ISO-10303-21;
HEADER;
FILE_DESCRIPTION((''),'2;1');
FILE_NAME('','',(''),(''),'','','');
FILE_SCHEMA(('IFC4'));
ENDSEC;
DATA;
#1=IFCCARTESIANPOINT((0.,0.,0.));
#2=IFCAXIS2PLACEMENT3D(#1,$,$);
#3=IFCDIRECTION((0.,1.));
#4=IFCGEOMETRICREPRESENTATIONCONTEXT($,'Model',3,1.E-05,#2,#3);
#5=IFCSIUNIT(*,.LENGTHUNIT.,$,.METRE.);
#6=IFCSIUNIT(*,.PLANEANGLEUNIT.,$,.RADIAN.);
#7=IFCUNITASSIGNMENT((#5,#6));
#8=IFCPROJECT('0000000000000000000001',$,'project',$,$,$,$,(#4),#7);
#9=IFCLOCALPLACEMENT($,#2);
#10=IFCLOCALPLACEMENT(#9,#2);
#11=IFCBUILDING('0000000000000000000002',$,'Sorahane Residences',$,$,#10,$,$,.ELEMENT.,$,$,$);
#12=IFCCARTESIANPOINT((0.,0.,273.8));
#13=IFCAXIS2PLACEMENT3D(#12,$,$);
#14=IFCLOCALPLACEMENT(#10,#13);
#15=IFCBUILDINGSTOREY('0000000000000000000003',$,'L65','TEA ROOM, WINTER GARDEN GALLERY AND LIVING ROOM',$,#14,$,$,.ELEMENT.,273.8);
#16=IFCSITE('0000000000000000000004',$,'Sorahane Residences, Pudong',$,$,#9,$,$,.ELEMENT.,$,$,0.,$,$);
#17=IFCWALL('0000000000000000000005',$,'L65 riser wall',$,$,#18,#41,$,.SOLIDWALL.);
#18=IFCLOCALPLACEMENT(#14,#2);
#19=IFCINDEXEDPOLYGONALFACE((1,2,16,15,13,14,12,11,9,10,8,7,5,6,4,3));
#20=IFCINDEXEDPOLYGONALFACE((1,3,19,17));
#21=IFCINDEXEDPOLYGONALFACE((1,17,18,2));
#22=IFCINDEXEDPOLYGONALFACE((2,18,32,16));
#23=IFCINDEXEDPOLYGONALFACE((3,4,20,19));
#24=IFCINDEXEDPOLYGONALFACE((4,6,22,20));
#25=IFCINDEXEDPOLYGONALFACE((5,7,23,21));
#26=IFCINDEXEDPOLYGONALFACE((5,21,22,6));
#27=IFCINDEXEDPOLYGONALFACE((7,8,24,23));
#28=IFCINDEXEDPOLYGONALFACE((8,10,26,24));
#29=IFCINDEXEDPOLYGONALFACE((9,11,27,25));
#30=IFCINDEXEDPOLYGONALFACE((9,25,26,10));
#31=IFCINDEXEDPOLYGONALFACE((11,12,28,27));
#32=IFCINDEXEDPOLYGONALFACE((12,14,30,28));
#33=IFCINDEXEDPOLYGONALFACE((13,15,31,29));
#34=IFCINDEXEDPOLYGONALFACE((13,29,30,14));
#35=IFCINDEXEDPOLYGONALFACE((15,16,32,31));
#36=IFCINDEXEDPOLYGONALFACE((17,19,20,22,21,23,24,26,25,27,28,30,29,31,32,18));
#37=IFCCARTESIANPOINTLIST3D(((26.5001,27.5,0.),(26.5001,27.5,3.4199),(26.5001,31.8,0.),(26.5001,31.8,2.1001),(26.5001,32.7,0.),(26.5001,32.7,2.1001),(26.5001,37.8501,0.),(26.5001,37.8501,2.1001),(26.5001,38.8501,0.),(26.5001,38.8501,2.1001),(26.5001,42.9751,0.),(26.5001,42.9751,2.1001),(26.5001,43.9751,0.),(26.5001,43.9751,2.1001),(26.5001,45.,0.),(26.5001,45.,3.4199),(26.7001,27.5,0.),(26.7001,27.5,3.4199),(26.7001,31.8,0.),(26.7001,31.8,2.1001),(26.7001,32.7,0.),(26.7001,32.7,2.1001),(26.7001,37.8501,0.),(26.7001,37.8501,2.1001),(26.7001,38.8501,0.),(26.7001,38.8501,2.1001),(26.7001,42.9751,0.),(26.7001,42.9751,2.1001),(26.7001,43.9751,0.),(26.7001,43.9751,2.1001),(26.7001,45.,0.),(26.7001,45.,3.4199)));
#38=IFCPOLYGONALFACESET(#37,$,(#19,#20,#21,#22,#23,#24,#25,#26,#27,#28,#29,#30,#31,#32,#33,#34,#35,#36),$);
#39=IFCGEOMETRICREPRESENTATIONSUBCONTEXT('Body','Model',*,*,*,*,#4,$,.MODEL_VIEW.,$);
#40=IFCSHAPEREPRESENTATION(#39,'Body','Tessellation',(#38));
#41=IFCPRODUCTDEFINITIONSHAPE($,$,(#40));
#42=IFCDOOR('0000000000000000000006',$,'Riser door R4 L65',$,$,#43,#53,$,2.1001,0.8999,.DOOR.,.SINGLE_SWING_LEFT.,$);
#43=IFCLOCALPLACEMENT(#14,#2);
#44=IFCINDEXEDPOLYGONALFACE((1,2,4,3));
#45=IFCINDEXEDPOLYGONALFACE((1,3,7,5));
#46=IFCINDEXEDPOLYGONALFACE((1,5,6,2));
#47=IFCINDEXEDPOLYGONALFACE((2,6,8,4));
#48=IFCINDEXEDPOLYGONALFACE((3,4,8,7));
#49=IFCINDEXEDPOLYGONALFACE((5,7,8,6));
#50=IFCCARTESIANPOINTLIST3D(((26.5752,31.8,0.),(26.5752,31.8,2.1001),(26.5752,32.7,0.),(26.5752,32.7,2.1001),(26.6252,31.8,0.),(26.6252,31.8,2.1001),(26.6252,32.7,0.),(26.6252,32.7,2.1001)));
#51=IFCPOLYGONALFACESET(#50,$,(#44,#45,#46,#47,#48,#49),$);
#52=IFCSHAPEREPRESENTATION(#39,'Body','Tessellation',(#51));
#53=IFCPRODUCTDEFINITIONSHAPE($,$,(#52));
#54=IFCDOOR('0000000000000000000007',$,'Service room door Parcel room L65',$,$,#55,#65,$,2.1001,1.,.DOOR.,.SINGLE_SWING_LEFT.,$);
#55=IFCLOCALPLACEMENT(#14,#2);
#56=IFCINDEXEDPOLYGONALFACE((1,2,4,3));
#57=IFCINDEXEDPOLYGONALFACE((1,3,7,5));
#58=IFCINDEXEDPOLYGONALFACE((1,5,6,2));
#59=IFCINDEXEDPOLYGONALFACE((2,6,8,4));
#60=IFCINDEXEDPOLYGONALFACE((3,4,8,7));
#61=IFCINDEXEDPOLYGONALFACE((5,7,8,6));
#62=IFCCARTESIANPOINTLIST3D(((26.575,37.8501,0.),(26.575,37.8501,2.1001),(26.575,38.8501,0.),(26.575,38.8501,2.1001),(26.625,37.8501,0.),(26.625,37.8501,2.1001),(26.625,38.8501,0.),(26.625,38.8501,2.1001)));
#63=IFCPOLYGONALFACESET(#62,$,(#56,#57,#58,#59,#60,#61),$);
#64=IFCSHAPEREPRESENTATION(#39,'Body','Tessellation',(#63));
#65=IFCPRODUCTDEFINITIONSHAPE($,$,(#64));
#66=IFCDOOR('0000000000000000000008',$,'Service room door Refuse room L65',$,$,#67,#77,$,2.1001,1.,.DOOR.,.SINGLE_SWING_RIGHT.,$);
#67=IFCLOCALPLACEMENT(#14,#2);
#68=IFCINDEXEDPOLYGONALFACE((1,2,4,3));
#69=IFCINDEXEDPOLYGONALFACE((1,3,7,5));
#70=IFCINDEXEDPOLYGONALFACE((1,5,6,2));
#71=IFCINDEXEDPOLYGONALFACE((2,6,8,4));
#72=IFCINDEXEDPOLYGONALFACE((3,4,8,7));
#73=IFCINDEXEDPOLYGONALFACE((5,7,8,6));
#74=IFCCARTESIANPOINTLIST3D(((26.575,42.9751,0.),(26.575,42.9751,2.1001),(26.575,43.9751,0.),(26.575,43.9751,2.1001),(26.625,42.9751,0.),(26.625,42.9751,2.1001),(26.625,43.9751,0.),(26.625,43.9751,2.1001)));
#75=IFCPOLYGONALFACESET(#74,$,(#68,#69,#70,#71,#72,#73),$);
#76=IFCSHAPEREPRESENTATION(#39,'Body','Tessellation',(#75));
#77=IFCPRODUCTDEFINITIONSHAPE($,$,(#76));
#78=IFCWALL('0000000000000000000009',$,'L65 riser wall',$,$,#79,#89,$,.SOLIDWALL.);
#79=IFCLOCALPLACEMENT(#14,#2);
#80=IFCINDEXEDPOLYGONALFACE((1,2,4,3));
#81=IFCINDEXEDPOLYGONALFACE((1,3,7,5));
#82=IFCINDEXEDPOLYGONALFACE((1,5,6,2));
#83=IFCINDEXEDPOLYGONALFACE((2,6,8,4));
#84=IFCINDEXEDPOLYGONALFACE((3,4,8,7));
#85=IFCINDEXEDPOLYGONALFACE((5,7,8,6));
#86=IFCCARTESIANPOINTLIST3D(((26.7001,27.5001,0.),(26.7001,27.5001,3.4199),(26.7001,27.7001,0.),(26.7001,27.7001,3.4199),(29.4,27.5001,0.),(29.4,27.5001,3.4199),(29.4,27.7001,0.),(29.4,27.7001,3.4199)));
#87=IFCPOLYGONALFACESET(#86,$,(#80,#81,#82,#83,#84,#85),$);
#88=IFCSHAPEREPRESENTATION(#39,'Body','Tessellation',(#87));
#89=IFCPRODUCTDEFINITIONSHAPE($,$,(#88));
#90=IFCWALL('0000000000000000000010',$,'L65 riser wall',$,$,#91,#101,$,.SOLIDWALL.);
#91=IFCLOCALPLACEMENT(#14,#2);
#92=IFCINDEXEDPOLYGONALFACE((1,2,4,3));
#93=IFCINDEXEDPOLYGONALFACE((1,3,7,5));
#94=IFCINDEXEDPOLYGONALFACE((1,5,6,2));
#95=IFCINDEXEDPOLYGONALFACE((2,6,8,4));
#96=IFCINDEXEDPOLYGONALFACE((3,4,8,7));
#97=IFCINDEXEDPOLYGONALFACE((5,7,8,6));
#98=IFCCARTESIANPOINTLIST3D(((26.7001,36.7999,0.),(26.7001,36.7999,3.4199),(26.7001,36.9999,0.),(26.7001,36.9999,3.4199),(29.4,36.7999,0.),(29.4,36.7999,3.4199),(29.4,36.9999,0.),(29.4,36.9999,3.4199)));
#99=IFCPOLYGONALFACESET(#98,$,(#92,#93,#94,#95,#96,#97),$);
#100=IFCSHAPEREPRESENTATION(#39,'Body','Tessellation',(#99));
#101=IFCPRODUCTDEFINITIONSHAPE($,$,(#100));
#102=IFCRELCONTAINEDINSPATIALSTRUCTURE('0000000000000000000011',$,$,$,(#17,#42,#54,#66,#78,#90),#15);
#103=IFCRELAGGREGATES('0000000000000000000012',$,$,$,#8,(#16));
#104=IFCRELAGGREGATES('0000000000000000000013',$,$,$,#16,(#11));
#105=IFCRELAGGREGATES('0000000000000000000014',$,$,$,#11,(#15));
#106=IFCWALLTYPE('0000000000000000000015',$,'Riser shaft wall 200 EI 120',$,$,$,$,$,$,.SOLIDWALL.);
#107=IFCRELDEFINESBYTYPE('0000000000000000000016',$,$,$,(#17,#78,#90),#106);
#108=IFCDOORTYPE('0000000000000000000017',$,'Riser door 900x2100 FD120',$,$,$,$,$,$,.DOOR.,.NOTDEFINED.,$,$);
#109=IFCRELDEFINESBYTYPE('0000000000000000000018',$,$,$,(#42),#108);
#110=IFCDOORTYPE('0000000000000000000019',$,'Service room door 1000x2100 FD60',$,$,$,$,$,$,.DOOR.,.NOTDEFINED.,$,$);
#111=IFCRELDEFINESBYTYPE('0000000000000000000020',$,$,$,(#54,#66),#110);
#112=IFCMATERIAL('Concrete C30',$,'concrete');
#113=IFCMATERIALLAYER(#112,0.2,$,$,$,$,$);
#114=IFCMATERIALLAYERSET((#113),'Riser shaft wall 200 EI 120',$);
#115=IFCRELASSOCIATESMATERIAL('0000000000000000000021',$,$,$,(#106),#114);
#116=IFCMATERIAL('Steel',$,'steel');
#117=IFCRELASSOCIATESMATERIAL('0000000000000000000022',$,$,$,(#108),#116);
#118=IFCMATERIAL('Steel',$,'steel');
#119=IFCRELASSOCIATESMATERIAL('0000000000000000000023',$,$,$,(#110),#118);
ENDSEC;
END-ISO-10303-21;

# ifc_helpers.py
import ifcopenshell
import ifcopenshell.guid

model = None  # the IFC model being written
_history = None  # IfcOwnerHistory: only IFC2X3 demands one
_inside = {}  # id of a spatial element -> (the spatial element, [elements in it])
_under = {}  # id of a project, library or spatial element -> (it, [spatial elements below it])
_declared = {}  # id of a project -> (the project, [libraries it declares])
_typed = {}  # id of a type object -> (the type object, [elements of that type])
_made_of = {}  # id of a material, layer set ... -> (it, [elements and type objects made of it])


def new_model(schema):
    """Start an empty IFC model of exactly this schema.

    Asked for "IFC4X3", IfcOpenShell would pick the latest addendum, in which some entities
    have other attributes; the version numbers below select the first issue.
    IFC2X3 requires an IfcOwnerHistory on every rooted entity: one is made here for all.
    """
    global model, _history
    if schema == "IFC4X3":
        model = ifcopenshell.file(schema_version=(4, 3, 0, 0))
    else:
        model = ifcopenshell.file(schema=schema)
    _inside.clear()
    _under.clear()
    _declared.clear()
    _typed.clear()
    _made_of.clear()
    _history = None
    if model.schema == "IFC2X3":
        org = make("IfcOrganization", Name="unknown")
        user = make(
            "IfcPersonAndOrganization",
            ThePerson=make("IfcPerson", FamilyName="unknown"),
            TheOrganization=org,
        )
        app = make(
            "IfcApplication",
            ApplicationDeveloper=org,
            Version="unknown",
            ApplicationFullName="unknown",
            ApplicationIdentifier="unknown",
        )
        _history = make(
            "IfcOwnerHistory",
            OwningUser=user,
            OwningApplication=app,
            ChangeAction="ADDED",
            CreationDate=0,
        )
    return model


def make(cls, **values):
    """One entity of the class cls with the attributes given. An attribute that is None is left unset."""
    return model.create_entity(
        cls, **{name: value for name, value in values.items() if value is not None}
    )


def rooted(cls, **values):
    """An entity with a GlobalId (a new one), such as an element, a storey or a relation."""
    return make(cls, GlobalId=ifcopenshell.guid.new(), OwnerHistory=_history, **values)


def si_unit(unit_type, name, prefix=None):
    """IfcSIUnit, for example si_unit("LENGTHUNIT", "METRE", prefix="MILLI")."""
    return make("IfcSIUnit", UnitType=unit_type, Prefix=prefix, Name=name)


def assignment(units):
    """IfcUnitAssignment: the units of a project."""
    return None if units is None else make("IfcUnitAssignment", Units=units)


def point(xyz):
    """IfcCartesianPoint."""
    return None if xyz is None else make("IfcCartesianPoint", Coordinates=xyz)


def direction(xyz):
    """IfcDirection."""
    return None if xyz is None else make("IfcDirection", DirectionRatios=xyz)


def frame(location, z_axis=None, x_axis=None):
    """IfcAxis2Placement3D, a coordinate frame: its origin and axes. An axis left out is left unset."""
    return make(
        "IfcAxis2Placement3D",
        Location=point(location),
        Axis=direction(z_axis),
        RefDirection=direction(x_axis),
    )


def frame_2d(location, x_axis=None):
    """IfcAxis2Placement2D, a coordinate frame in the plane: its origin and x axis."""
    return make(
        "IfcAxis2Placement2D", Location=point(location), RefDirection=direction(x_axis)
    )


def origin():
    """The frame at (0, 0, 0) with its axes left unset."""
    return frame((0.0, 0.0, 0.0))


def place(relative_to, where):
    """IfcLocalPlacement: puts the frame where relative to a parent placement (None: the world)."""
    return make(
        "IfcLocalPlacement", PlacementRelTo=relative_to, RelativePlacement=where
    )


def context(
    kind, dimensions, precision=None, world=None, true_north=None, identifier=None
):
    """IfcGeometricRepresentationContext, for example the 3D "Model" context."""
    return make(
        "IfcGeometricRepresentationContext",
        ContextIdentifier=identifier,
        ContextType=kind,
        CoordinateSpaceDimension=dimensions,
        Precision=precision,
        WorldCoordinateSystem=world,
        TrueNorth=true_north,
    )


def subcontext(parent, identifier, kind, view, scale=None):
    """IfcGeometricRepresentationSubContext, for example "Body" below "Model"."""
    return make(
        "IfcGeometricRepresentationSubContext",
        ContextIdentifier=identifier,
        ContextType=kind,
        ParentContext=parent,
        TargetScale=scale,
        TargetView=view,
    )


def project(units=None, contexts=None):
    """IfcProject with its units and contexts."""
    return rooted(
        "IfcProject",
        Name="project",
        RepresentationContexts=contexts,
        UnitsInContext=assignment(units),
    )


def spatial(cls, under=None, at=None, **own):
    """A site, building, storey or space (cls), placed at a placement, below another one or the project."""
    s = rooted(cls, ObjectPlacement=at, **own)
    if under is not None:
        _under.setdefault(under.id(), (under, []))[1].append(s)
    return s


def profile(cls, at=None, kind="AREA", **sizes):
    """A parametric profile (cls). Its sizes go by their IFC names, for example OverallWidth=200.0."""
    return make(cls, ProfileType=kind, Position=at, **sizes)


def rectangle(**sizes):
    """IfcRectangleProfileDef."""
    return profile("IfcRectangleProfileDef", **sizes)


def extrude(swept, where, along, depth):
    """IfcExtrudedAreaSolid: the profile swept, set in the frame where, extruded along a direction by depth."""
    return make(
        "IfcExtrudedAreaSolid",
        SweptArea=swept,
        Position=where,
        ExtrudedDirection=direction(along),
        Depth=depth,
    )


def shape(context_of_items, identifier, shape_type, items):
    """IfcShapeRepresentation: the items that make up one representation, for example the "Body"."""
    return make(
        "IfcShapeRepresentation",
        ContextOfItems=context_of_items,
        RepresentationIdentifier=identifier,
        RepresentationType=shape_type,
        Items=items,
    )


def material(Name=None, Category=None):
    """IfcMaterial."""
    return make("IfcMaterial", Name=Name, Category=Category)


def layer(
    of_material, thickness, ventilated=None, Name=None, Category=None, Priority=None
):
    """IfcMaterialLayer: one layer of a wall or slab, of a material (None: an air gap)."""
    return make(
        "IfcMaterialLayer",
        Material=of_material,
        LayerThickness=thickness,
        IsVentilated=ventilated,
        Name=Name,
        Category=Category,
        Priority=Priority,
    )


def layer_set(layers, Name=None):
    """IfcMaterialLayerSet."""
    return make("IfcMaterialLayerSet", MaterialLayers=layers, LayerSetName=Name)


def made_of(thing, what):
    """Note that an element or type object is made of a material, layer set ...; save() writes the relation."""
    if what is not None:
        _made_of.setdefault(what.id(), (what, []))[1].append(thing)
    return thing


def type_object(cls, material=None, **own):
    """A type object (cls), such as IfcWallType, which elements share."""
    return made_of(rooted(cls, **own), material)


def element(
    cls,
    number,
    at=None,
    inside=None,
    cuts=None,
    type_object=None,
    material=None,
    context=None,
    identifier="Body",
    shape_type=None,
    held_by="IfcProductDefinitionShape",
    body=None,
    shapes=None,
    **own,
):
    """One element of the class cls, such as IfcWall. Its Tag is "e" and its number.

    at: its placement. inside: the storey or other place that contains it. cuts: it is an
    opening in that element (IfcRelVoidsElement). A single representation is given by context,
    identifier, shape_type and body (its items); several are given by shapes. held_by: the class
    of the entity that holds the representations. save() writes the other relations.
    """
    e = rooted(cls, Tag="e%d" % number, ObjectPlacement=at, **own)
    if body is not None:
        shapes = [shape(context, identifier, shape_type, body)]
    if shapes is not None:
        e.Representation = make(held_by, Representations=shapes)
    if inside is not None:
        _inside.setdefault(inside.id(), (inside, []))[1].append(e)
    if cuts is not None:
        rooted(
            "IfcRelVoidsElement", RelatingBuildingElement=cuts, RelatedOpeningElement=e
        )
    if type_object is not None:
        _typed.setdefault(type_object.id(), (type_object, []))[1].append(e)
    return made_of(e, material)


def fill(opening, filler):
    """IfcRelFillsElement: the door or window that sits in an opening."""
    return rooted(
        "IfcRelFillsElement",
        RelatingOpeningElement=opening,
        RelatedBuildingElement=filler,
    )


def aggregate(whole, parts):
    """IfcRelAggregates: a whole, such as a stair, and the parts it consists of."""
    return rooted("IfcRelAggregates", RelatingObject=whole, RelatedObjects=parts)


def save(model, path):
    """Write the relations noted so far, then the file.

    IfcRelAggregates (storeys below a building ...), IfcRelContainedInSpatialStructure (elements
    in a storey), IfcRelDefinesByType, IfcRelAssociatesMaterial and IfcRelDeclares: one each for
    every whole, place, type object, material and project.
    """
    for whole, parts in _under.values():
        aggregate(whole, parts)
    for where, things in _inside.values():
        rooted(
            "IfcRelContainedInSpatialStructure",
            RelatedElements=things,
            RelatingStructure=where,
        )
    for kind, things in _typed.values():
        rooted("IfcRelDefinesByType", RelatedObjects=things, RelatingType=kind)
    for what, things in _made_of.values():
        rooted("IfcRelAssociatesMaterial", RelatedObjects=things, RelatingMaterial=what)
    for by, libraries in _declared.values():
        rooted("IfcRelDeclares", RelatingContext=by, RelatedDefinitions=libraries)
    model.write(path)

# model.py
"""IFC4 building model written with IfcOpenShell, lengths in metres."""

from ifc_helpers import new_model, si_unit, direction, frame, frame_2d, origin, place, context, subcontext, project, spatial, rectangle, extrude, material, layer, layer_set, type_object, element, fill, save


model = new_model("IFC4")

# Units and contexts
model_context = context("Model", 3, precision=1e-05, world=origin(), true_north=direction((0.0, 1.0)))
body_context = subcontext(model_context, "Body", "Model", "MODEL_VIEW")
ifc_project = project(units=[si_unit("LENGTHUNIT", "METRE"), si_unit("PLANEANGLEUNIT", "RADIAN")], contexts=[model_context])

# Site, building, storey
site_placement = place(None, origin())
site = spatial("IfcSite", under=ifc_project, at=site_placement, Name="Sorahane Residences, Pudong", CompositionType="ELEMENT", RefElevation=0.0)
building_placement = place(site_placement, origin())
building = spatial("IfcBuilding", under=site, at=building_placement, Name="Sorahane Residences", CompositionType="ELEMENT")
storey_placement = place(building_placement, frame((0.0, 0.0, 273.8)))
storey = spatial("IfcBuildingStorey", under=building, at=storey_placement, Name="L65", Description="TEA ROOM, WINTER GARDEN GALLERY AND LIVING ROOM", CompositionType="ELEMENT", Elevation=273.8)

# Wall, openings, doors
ifc_material_1 = material(Name="Concrete C30", Category="concrete")
ifc_layer_1 = layer(ifc_material_1, 0.2)
ifc_layer_set_1 = layer_set([ifc_layer_1], Name="Riser shaft wall 200 EI 120")
wall_type_1 = type_object("IfcWallType", Name="Riser shaft wall 200 EI 120", PredefinedType="SOLIDWALL", material=ifc_layer_set_1)
wall_1_placement = place(storey_placement, frame((26.6001, 27.5, 0.0), z_axis=(0.0, 0.0, 1.0), x_axis=(0.0, 1.0, 0.0)))
wall_1 = element("IfcWall", 1, at=wall_1_placement, inside=storey, type_object=wall_type_1, Name="L65 riser wall", PredefinedType="SOLIDWALL", context=body_context, shape_type="SweptSolid", body=[
    extrude(rectangle(XDim=17.5, YDim=0.2, at=frame_2d((8.75, 0.0))), origin(), (0.0, 0.0, 1.0), 3.4199),
])
opening_1_placement = place(wall_1_placement, frame((4.3, 0.0, 0.0)))
opening_1 = element("IfcOpeningElement", 2, at=opening_1_placement, cuts=wall_1, PredefinedType="OPENING", context=body_context, shape_type="SweptSolid", body=[
    extrude(rectangle(XDim=0.8999, YDim=2.1001, at=frame_2d((0.45, 1.05))), frame((0.0, 0.1099, 0.0), z_axis=(0.0, -1.0, 0.0), x_axis=(1.0, 0.0, 0.0)), (0.0, 0.0, 1.0), 0.22),
])
opening_2_placement = place(wall_1_placement, frame((10.3501, 0.0, 0.0)))
opening_2 = element("IfcOpeningElement", 3, at=opening_2_placement, cuts=wall_1, PredefinedType="OPENING", context=body_context, shape_type="SweptSolid", body=[
    extrude(rectangle(XDim=1.0, YDim=2.1001, at=frame_2d((0.5, 1.05))), frame((0.0, 0.1099, 0.0), z_axis=(0.0, -1.0, 0.0), x_axis=(1.0, 0.0, 0.0)), (0.0, 0.0, 1.0), 0.22),
])
opening_3_placement = place(wall_1_placement, frame((15.4751, 0.0, 0.0)))
opening_3 = element("IfcOpeningElement", 4, at=opening_3_placement, cuts=wall_1, PredefinedType="OPENING", context=body_context, shape_type="SweptSolid", body=[
    extrude(rectangle(XDim=1.0, YDim=2.1001, at=frame_2d((0.5, 1.05))), frame((0.0, 0.1099, 0.0), z_axis=(0.0, -1.0, 0.0), x_axis=(1.0, 0.0, 0.0)), (0.0, 0.0, 1.0), 0.22),
])
ifc_material_2 = material(Name="Steel", Category="steel")
door_type_1 = type_object("IfcDoorType", Name="Riser door 900x2100 FD120", OperationType="NOTDEFINED", PredefinedType="DOOR", material=ifc_material_2)
door_1_placement = place(opening_1_placement, origin())
door_1 = element("IfcDoor", 5, at=door_1_placement, inside=storey, type_object=door_type_1, Name="Riser door R4 L65", OperationType="SINGLE_SWING_LEFT", OverallHeight=2.1001, OverallWidth=0.8999, PredefinedType="DOOR", context=body_context, shape_type="SweptSolid", body=[
    extrude(rectangle(XDim=0.8999, YDim=2.1001, at=frame_2d((0.45, 1.05))), frame((0.0, 0.0249, 0.0), z_axis=(0.0, -1.0, 0.0), x_axis=(1.0, 0.0, 0.0)), (0.0, 0.0, 1.0), 0.05),
])
fill(opening_1, door_1)
ifc_material_3 = material(Name="Steel", Category="steel")
door_type_2 = type_object("IfcDoorType", Name="Service room door 1000x2100 FD60", OperationType="NOTDEFINED", PredefinedType="DOOR", material=ifc_material_3)
door_2_placement = place(opening_2_placement, frame((1.0, 0.0, 0.0), z_axis=(0.0, 0.0, 1.0), x_axis=(-1.0, 0.0, 0.0)))
door_2 = element("IfcDoor", 6, at=door_2_placement, inside=storey, type_object=door_type_2, Name="Service room door Parcel room L65", OperationType="SINGLE_SWING_LEFT", OverallHeight=2.1001, OverallWidth=1.0, PredefinedType="DOOR", context=body_context, shape_type="SweptSolid", body=[
    extrude(rectangle(XDim=1.0, YDim=2.1001, at=frame_2d((0.5, 1.05))), frame((0.0, 0.0249, 0.0), z_axis=(0.0, -1.0, 0.0), x_axis=(1.0, 0.0, 0.0)), (0.0, 0.0, 1.0), 0.05),
])
fill(opening_2, door_2)
door_3_placement = place(opening_3_placement, frame((1.0, 0.0, 0.0), z_axis=(0.0, 0.0, 1.0), x_axis=(-1.0, 0.0, 0.0)))
door_3 = element("IfcDoor", 7, at=door_3_placement, inside=storey, type_object=door_type_2, Name="Service room door Refuse room L65", OperationType="SINGLE_SWING_RIGHT", OverallHeight=2.1001, OverallWidth=1.0, PredefinedType="DOOR", context=body_context, shape_type="SweptSolid", body=[
    extrude(rectangle(XDim=1.0, YDim=2.1001, at=frame_2d((0.5, 1.05))), frame((0.0, 0.0249, 0.0), z_axis=(0.0, -1.0, 0.0), x_axis=(1.0, 0.0, 0.0)), (0.0, 0.0, 1.0), 0.05),
])
fill(opening_3, door_3)

# Walls
for number, where, z_axis, x_axis, name in (
    (8, (26.7, 27.6001, 0.0), (0.0, 0.0, 1.0), (1.0, 0.0, 0.0), "L65 riser wall"),
    (9, (26.7, 36.8999, 0.0), (0.0, 0.0, 1.0), (1.0, 0.0, 0.0), "L65 riser wall"),
):
    element("IfcWall", number, at=place(storey_placement, frame(where, z_axis=z_axis, x_axis=x_axis)), inside=storey, type_object=wall_type_1, Name=name, PredefinedType="SOLIDWALL", context=body_context, shape_type="SweptSolid", body=[
        extrude(rectangle(XDim=2.7, YDim=0.2, at=frame_2d((1.3501, 0.0))), origin(), (0.0, 0.0, 1.0), 3.4199),
    ])

save(model, "model.ifc")
